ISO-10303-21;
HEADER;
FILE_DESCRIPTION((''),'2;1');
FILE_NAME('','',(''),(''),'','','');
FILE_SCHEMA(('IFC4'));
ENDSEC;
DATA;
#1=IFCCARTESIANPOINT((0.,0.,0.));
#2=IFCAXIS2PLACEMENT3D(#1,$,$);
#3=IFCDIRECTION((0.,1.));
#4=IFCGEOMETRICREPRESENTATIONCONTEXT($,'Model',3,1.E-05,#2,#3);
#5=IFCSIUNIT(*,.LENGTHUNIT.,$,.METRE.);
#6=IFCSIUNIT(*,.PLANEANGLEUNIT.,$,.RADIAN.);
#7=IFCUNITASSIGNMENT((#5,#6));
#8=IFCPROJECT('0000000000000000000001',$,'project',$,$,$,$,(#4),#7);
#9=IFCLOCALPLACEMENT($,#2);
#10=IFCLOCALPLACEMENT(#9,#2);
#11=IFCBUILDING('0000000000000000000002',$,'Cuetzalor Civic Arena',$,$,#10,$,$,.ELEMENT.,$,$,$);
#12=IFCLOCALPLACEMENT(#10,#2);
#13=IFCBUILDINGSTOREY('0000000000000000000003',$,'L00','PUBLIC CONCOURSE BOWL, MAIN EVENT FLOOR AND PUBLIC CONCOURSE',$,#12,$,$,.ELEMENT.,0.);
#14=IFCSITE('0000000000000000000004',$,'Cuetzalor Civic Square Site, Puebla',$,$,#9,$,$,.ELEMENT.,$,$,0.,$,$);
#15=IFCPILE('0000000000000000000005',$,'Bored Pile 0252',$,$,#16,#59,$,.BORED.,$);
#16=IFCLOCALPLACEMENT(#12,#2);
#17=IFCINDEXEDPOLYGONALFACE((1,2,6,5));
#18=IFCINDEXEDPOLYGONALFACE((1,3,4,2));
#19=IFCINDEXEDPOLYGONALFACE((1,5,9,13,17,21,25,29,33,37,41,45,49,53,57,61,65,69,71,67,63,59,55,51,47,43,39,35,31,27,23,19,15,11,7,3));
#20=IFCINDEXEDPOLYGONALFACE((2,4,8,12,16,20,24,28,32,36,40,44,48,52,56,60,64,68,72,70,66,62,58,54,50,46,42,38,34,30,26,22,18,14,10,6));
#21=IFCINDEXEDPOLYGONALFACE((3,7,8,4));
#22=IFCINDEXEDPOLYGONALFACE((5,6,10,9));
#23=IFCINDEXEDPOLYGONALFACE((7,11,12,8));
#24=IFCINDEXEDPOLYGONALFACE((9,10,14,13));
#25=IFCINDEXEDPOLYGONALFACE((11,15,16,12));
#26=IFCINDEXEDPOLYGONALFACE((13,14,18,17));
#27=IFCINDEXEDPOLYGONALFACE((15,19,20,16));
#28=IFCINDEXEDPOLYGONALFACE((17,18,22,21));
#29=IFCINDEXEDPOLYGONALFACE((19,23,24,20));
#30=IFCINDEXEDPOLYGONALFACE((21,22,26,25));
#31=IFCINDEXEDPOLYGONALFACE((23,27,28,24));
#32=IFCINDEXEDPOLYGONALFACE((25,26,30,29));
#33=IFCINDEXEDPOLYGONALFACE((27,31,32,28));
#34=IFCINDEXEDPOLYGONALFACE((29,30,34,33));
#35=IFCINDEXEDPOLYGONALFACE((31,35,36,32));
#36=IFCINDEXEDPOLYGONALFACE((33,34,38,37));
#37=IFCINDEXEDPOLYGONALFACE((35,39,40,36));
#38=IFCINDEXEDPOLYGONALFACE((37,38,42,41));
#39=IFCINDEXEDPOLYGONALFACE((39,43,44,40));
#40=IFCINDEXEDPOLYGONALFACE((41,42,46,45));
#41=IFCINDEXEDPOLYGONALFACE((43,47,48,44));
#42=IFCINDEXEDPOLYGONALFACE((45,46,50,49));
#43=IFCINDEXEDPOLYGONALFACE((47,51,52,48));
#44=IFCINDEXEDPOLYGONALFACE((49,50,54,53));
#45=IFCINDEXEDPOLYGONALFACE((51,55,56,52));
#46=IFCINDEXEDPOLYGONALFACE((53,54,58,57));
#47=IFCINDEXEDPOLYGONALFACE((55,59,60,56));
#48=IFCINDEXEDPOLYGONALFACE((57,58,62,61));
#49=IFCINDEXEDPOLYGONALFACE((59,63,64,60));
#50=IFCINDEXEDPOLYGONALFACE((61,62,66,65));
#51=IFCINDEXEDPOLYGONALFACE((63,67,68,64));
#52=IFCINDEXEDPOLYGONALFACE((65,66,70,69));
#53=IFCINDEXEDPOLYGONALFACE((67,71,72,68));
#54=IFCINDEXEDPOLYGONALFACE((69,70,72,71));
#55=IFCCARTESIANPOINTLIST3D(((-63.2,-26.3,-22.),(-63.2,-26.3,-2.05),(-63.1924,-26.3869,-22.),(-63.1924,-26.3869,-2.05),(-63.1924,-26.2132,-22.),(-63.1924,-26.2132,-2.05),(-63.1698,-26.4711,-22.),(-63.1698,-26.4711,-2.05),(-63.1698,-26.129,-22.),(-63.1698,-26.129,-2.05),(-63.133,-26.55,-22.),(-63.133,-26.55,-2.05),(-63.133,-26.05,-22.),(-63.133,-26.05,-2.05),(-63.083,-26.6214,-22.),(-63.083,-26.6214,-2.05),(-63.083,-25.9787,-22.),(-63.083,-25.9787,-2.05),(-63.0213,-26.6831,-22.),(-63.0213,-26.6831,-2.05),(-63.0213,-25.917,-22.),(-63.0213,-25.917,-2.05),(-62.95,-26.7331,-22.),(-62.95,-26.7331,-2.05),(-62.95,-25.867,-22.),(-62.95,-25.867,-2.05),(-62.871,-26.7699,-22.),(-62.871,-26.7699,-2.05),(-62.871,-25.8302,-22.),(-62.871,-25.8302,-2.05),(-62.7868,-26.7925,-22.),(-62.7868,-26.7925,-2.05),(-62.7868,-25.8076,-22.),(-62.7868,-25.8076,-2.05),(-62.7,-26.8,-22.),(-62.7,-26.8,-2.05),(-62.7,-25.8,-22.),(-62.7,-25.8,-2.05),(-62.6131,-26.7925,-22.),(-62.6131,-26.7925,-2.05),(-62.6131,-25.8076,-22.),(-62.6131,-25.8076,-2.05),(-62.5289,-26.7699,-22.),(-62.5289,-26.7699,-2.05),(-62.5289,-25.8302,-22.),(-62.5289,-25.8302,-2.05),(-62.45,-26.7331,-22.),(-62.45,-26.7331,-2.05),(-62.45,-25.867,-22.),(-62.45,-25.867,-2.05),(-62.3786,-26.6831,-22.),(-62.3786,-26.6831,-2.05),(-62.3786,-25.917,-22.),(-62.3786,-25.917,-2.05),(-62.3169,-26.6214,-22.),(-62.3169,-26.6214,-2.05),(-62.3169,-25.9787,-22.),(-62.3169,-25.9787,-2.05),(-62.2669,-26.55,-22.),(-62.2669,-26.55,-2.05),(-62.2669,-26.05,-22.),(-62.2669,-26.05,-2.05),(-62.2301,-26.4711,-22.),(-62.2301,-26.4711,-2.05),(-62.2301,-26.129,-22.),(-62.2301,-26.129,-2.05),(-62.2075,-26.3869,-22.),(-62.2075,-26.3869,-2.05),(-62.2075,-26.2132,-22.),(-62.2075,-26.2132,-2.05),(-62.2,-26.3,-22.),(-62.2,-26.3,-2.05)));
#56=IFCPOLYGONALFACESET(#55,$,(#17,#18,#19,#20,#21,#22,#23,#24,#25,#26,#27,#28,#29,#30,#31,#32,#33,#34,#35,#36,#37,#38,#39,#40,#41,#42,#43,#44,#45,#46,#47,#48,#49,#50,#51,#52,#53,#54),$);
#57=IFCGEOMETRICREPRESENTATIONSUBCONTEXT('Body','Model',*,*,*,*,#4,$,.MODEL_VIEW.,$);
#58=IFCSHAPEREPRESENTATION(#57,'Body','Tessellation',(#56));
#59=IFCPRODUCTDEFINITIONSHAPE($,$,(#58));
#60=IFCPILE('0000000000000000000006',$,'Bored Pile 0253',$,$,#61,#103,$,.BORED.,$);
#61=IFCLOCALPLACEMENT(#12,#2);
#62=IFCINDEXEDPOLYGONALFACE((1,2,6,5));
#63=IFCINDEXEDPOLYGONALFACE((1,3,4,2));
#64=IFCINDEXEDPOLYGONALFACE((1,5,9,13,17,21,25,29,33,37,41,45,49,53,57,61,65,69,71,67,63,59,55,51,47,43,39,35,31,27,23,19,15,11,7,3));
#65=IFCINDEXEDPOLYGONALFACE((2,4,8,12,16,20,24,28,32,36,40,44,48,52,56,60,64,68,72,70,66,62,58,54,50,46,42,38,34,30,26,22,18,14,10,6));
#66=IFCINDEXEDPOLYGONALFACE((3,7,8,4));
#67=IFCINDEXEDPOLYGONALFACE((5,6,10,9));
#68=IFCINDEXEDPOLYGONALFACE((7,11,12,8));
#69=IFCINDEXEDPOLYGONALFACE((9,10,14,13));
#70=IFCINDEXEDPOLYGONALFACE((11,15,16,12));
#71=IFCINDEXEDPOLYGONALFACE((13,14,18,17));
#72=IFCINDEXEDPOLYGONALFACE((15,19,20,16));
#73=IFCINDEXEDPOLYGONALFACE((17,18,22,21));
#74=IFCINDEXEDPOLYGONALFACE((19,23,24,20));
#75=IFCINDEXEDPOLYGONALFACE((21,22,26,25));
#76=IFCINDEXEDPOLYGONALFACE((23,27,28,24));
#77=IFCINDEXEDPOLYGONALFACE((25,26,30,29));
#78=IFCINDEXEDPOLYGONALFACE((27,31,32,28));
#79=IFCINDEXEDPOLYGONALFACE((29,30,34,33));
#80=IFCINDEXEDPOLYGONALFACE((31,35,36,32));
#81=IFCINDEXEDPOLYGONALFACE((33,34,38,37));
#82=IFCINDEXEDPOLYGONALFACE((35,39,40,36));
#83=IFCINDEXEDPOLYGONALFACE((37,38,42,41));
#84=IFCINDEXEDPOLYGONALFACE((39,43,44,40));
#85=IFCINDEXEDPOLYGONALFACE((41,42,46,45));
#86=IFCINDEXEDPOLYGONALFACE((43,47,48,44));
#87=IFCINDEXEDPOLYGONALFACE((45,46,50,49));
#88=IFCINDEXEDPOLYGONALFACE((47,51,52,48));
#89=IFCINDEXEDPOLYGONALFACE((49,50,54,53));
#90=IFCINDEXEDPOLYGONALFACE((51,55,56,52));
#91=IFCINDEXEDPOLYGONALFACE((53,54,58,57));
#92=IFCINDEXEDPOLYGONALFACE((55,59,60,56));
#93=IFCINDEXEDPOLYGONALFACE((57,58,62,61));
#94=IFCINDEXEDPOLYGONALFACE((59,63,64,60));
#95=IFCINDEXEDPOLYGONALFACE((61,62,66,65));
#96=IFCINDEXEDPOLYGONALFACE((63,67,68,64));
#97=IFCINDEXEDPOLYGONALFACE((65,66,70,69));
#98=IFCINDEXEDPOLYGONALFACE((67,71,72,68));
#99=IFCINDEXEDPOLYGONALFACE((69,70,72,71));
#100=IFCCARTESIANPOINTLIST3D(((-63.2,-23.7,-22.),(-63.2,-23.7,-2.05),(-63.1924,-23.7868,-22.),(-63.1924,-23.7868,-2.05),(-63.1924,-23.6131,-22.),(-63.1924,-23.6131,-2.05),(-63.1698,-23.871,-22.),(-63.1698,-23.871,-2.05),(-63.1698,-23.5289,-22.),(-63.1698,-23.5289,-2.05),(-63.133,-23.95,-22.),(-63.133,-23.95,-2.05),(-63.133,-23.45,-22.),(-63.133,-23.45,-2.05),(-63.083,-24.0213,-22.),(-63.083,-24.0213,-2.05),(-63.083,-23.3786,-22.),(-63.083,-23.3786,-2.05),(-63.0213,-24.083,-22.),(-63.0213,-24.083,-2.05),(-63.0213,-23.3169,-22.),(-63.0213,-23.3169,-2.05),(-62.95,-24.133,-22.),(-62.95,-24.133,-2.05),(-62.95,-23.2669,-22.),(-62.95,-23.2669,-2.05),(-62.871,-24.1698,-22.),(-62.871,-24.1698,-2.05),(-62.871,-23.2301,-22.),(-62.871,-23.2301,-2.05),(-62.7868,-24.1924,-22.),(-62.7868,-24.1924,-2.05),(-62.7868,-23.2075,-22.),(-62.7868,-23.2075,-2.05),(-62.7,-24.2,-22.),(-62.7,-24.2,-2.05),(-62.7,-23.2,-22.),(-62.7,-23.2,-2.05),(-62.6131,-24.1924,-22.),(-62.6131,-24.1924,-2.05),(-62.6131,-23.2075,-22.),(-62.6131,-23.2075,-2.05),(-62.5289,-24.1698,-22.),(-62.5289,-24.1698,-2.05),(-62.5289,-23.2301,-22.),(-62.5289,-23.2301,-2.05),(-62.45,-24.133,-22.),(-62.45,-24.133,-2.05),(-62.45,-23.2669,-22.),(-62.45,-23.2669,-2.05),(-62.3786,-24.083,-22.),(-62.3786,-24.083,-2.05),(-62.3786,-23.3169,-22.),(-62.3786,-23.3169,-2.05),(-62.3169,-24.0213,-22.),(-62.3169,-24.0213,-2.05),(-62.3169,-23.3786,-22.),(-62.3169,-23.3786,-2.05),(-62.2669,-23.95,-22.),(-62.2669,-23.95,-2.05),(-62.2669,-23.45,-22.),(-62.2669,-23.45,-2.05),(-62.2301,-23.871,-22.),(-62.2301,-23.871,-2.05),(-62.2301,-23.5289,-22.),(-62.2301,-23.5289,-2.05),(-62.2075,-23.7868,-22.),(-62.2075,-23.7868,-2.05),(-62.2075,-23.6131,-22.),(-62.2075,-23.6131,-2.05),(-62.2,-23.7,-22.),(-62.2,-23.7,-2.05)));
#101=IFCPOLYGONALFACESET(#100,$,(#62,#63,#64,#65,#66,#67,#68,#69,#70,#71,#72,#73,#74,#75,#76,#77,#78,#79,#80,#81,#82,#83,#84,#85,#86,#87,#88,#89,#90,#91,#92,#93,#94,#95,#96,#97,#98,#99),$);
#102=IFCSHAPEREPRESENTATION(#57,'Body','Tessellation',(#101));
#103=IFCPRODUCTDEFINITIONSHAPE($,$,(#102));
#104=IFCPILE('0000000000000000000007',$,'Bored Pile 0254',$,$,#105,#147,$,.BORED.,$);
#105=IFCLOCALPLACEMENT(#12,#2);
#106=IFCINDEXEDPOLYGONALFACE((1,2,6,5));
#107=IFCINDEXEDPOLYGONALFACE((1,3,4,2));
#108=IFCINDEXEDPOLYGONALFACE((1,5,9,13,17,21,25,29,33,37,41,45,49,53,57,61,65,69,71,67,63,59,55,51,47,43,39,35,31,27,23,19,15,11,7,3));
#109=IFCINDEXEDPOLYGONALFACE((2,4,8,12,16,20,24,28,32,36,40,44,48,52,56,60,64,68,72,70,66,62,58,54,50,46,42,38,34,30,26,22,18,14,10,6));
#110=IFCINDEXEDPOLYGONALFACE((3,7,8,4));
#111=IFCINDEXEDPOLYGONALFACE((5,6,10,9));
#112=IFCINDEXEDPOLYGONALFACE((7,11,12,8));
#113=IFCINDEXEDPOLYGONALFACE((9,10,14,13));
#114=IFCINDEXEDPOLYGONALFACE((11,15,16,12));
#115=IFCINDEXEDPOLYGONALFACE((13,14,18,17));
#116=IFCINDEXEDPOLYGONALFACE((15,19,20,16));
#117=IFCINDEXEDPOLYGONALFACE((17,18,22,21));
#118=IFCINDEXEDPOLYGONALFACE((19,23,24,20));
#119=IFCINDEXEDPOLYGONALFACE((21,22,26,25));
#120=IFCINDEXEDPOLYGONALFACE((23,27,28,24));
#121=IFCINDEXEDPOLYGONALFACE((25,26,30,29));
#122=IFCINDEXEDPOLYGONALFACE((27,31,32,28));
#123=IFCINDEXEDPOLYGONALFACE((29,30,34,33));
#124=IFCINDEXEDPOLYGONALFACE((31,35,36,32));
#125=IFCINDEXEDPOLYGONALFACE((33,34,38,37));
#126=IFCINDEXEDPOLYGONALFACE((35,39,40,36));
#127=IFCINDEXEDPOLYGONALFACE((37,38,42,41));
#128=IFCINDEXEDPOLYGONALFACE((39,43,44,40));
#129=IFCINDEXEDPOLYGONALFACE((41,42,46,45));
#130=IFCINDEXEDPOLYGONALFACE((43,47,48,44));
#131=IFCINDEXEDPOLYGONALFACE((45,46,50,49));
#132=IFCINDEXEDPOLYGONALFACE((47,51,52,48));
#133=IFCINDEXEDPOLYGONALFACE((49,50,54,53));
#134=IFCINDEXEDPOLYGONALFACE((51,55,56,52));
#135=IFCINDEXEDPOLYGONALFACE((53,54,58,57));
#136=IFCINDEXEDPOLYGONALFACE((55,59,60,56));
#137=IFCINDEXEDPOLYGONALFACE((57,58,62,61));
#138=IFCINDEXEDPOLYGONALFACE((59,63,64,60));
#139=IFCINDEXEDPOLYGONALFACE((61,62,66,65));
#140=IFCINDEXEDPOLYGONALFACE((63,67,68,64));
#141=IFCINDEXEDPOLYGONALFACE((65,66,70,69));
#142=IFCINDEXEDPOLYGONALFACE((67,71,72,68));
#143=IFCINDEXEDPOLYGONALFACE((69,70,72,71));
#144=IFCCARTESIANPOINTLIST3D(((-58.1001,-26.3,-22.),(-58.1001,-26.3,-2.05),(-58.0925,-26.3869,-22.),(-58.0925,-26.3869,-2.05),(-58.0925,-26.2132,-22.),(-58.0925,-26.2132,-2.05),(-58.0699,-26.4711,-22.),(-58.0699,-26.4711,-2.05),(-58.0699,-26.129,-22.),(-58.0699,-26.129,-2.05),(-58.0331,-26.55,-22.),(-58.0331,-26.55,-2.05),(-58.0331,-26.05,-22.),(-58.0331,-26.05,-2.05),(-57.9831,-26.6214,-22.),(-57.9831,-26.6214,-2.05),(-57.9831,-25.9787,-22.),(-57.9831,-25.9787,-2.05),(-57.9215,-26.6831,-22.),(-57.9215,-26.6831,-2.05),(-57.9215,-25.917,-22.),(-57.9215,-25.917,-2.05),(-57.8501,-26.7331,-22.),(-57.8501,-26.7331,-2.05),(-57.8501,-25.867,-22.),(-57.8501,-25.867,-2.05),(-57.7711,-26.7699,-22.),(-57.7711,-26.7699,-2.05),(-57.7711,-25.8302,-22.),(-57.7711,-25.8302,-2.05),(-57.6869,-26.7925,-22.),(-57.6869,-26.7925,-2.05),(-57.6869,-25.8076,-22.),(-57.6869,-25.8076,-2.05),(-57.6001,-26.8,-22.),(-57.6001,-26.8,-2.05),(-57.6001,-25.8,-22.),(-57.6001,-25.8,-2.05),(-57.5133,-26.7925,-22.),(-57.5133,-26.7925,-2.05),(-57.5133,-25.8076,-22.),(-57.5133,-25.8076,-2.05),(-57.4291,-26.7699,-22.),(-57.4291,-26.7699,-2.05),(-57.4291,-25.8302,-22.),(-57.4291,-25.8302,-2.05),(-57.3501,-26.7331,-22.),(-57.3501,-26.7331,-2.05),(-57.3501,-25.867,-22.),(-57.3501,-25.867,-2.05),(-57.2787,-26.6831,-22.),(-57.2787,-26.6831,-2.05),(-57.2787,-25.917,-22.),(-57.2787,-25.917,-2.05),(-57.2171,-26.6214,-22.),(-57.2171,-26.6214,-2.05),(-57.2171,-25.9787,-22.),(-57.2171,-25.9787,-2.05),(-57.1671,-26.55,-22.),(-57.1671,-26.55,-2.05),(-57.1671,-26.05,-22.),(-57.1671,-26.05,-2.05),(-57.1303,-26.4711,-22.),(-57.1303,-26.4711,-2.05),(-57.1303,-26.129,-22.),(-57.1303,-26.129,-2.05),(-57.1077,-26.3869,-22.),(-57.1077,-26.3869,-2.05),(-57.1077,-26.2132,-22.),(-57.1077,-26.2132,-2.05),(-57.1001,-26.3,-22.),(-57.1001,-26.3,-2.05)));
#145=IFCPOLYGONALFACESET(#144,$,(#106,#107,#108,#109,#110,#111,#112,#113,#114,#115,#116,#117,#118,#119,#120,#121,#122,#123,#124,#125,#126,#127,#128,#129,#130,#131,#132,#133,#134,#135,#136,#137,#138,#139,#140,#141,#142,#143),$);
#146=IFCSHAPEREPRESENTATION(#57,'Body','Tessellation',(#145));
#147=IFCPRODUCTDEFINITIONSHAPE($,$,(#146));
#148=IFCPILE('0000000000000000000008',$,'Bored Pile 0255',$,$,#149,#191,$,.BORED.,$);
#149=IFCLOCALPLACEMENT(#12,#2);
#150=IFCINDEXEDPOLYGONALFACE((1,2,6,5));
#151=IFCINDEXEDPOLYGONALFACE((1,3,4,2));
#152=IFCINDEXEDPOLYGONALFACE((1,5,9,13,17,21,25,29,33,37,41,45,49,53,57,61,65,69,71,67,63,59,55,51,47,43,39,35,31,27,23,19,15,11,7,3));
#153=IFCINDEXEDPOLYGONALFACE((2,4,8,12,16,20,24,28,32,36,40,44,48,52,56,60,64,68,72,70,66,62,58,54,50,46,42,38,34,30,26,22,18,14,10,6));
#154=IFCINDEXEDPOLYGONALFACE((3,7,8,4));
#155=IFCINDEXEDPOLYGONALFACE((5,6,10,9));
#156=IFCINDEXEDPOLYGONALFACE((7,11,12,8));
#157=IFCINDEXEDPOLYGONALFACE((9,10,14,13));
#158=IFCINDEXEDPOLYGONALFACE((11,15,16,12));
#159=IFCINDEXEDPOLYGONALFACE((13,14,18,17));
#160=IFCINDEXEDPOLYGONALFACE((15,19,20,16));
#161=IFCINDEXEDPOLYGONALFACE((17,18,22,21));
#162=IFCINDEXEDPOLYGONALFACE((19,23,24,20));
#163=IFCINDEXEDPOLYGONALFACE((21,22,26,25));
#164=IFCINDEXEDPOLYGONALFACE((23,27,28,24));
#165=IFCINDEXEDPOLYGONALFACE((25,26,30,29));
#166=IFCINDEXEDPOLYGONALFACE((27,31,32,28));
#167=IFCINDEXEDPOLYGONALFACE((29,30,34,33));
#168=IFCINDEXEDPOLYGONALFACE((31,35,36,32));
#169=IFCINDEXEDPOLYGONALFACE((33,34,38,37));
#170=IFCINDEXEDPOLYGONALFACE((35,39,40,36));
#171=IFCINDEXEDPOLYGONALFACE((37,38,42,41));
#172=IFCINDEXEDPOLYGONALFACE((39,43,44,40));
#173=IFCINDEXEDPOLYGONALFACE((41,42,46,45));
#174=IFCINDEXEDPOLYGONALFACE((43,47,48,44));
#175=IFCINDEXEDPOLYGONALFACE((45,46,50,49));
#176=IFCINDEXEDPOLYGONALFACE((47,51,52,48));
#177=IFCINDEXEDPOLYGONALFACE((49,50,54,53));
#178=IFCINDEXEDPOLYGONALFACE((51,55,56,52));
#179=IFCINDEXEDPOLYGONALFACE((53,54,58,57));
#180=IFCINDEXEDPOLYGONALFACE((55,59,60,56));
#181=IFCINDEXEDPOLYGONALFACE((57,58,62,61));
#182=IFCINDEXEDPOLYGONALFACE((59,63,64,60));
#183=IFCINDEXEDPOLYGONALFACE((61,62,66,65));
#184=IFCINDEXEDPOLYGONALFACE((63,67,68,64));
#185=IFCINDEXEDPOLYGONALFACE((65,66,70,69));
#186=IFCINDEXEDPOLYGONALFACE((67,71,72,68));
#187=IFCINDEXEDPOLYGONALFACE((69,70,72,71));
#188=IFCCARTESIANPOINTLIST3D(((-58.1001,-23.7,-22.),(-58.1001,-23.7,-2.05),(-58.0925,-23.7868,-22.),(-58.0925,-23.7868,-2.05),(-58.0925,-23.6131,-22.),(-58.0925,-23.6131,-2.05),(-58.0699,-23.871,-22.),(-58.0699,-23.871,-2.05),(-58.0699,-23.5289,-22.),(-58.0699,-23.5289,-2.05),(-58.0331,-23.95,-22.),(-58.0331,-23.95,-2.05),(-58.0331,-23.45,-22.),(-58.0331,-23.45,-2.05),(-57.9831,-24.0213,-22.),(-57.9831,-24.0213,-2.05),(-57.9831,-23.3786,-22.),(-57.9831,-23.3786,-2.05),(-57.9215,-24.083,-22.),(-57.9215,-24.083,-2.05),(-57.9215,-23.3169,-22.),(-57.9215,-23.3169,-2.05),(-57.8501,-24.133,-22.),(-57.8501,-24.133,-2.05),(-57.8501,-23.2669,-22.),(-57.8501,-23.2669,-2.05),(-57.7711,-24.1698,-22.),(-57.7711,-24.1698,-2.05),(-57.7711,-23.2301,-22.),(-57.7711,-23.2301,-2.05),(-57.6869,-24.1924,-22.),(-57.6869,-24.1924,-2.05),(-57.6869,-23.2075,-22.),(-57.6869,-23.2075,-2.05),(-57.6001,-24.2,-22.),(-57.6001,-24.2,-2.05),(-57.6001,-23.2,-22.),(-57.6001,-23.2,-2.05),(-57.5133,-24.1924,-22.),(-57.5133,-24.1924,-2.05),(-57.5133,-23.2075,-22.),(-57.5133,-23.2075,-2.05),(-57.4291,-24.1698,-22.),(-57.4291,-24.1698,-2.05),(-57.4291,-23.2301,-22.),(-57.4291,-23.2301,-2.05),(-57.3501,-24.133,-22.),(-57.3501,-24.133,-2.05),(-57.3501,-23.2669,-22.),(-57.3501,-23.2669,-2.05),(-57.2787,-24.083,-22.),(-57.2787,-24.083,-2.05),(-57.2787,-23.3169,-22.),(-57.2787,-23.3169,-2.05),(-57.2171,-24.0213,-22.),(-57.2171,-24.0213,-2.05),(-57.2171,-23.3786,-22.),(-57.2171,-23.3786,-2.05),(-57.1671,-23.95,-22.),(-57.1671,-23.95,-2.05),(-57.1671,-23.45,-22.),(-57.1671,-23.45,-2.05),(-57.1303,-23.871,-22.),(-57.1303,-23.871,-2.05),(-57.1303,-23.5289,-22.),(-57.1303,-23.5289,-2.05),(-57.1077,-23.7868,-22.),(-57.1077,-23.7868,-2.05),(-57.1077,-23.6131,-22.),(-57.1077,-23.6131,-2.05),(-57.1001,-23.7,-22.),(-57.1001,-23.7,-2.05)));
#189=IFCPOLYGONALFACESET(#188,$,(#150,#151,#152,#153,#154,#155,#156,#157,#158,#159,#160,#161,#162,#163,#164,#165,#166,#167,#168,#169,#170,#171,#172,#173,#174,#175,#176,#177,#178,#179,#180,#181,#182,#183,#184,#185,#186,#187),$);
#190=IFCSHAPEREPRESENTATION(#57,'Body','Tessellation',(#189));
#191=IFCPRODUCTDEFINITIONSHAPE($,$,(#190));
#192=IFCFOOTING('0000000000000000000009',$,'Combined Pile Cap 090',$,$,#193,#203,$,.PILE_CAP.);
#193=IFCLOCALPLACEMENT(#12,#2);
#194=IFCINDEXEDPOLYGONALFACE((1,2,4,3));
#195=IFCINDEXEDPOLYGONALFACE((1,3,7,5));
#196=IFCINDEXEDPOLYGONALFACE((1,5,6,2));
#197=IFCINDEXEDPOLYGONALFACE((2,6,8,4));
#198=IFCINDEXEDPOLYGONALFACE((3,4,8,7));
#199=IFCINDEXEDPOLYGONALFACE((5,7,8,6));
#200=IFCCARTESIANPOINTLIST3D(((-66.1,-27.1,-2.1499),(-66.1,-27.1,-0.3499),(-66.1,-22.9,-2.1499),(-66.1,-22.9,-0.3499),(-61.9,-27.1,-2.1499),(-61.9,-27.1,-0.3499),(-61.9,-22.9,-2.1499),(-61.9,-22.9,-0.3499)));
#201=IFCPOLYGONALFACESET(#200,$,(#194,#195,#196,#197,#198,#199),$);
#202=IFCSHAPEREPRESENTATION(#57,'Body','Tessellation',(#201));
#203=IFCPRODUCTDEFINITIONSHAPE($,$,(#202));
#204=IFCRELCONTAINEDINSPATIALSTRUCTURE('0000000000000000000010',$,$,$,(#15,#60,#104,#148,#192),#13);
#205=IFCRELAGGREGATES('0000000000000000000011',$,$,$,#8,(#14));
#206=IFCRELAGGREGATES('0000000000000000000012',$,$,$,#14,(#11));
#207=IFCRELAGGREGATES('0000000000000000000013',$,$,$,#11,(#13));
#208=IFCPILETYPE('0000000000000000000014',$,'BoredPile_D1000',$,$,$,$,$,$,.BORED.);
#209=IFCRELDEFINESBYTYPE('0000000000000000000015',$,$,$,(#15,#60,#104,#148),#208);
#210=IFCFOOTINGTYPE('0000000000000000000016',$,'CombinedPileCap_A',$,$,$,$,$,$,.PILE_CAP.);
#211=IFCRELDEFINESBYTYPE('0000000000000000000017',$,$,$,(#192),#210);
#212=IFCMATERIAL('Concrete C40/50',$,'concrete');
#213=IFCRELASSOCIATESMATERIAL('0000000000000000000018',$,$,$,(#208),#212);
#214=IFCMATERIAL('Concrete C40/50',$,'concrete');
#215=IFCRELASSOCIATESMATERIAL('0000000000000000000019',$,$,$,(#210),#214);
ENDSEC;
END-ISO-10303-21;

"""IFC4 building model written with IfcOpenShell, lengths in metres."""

from ifc_helpers import new_model, si_unit, direction, frame, origin, origin_2d, place, context, subcontext, project, spatial, rectangle, circle, extrude, material, material_profile, profile_set, type_object, element, save


model = new_model("IFC4")

# Units and contexts
model_context = context("Model", 3, precision=1e-05, world=origin(), true_north=direction((0.0, 1.0)))
body_context = subcontext(model_context, "Body", "Model", "MODEL_VIEW")
ifc_project = project(units=[si_unit("LENGTHUNIT", "METRE"), si_unit("PLANEANGLEUNIT", "RADIAN")], contexts=[model_context])

# Site, building, storey
site_placement = place(None, origin())
site = spatial("IfcSite", under=ifc_project, at=site_placement, Name="Cuetzalor Civic Square Site, Puebla", CompositionType="ELEMENT", RefElevation=0.0)
building_placement = place(site_placement, origin())
building = spatial("IfcBuilding", under=site, at=building_placement, Name="Cuetzalor Civic Arena", CompositionType="ELEMENT")
storey_placement = place(building_placement, origin())
storey = spatial("IfcBuildingStorey", under=building, at=storey_placement, Name="L00", Description="PUBLIC CONCOURSE BOWL, MAIN EVENT FLOOR AND PUBLIC CONCOURSE", CompositionType="ELEMENT", Elevation=0.0)

# Piles
ifc_material_1 = material(Name="Concrete C40/50", Category="concrete")
ifc_material_profile_1 = material_profile(ifc_material_1, circle(Radius=0.5, at=origin_2d()), Name="BORED PILE D1000")
ifc_profile_set_1 = profile_set([ifc_material_profile_1], Name="Concrete C40/50")
pile_type = type_object("IfcPileType", Name="BoredPile_D1000", PredefinedType="BORED", material=ifc_profile_set_1)
for number, where, z_axis, x_axis, name in (
    (1, (-62.7, -26.3, -2.05), (0.0, 0.0, -1.0), (1.0, 0.0, 0.0), "Bored Pile 0252"),
    (2, (-62.7, -23.7, -2.05), (0.0, 0.0, -1.0), (1.0, 0.0, 0.0), "Bored Pile 0253"),
    (3, (-57.6001, -26.3, -2.05), (0.0, 0.0, -1.0), (1.0, 0.0, 0.0), "Bored Pile 0254"),
    (4, (-57.6001, -23.7, -2.05), (0.0, 0.0, -1.0), (1.0, 0.0, 0.0), "Bored Pile 0255"),
):
    element("IfcPile", number, at=place(storey_placement, frame(where, z_axis=z_axis, x_axis=x_axis)), inside=storey, type_object=pile_type, Name=name, PredefinedType="BORED", context=body_context, shape_type="SweptSolid", body=[
        extrude(circle(Radius=0.5, at=origin_2d()), origin(), (0.0, 0.0, 1.0), 19.95),
    ])

# Footing
ifc_material_2 = material(Name="Concrete C40/50", Category="concrete")
footing_type_1 = type_object("IfcFootingType", Name="CombinedPileCap_A", PredefinedType="PILE_CAP", material=ifc_material_2)
footing_1_placement = place(storey_placement, frame((-64.0, -25.0, -2.1499), z_axis=(0.0, 0.0, 1.0), x_axis=(1.0, 0.0, 0.0)))
element("IfcFooting", 5, at=footing_1_placement, inside=storey, type_object=footing_type_1, Name="Combined Pile Cap 090", PredefinedType="PILE_CAP", context=body_context, shape_type="SweptSolid", body=[
    extrude(rectangle(XDim=4.2, YDim=4.2, at=origin_2d()), origin(), (0.0, 0.0, 1.0), 1.8),
])

save(model, "model.ifc")
